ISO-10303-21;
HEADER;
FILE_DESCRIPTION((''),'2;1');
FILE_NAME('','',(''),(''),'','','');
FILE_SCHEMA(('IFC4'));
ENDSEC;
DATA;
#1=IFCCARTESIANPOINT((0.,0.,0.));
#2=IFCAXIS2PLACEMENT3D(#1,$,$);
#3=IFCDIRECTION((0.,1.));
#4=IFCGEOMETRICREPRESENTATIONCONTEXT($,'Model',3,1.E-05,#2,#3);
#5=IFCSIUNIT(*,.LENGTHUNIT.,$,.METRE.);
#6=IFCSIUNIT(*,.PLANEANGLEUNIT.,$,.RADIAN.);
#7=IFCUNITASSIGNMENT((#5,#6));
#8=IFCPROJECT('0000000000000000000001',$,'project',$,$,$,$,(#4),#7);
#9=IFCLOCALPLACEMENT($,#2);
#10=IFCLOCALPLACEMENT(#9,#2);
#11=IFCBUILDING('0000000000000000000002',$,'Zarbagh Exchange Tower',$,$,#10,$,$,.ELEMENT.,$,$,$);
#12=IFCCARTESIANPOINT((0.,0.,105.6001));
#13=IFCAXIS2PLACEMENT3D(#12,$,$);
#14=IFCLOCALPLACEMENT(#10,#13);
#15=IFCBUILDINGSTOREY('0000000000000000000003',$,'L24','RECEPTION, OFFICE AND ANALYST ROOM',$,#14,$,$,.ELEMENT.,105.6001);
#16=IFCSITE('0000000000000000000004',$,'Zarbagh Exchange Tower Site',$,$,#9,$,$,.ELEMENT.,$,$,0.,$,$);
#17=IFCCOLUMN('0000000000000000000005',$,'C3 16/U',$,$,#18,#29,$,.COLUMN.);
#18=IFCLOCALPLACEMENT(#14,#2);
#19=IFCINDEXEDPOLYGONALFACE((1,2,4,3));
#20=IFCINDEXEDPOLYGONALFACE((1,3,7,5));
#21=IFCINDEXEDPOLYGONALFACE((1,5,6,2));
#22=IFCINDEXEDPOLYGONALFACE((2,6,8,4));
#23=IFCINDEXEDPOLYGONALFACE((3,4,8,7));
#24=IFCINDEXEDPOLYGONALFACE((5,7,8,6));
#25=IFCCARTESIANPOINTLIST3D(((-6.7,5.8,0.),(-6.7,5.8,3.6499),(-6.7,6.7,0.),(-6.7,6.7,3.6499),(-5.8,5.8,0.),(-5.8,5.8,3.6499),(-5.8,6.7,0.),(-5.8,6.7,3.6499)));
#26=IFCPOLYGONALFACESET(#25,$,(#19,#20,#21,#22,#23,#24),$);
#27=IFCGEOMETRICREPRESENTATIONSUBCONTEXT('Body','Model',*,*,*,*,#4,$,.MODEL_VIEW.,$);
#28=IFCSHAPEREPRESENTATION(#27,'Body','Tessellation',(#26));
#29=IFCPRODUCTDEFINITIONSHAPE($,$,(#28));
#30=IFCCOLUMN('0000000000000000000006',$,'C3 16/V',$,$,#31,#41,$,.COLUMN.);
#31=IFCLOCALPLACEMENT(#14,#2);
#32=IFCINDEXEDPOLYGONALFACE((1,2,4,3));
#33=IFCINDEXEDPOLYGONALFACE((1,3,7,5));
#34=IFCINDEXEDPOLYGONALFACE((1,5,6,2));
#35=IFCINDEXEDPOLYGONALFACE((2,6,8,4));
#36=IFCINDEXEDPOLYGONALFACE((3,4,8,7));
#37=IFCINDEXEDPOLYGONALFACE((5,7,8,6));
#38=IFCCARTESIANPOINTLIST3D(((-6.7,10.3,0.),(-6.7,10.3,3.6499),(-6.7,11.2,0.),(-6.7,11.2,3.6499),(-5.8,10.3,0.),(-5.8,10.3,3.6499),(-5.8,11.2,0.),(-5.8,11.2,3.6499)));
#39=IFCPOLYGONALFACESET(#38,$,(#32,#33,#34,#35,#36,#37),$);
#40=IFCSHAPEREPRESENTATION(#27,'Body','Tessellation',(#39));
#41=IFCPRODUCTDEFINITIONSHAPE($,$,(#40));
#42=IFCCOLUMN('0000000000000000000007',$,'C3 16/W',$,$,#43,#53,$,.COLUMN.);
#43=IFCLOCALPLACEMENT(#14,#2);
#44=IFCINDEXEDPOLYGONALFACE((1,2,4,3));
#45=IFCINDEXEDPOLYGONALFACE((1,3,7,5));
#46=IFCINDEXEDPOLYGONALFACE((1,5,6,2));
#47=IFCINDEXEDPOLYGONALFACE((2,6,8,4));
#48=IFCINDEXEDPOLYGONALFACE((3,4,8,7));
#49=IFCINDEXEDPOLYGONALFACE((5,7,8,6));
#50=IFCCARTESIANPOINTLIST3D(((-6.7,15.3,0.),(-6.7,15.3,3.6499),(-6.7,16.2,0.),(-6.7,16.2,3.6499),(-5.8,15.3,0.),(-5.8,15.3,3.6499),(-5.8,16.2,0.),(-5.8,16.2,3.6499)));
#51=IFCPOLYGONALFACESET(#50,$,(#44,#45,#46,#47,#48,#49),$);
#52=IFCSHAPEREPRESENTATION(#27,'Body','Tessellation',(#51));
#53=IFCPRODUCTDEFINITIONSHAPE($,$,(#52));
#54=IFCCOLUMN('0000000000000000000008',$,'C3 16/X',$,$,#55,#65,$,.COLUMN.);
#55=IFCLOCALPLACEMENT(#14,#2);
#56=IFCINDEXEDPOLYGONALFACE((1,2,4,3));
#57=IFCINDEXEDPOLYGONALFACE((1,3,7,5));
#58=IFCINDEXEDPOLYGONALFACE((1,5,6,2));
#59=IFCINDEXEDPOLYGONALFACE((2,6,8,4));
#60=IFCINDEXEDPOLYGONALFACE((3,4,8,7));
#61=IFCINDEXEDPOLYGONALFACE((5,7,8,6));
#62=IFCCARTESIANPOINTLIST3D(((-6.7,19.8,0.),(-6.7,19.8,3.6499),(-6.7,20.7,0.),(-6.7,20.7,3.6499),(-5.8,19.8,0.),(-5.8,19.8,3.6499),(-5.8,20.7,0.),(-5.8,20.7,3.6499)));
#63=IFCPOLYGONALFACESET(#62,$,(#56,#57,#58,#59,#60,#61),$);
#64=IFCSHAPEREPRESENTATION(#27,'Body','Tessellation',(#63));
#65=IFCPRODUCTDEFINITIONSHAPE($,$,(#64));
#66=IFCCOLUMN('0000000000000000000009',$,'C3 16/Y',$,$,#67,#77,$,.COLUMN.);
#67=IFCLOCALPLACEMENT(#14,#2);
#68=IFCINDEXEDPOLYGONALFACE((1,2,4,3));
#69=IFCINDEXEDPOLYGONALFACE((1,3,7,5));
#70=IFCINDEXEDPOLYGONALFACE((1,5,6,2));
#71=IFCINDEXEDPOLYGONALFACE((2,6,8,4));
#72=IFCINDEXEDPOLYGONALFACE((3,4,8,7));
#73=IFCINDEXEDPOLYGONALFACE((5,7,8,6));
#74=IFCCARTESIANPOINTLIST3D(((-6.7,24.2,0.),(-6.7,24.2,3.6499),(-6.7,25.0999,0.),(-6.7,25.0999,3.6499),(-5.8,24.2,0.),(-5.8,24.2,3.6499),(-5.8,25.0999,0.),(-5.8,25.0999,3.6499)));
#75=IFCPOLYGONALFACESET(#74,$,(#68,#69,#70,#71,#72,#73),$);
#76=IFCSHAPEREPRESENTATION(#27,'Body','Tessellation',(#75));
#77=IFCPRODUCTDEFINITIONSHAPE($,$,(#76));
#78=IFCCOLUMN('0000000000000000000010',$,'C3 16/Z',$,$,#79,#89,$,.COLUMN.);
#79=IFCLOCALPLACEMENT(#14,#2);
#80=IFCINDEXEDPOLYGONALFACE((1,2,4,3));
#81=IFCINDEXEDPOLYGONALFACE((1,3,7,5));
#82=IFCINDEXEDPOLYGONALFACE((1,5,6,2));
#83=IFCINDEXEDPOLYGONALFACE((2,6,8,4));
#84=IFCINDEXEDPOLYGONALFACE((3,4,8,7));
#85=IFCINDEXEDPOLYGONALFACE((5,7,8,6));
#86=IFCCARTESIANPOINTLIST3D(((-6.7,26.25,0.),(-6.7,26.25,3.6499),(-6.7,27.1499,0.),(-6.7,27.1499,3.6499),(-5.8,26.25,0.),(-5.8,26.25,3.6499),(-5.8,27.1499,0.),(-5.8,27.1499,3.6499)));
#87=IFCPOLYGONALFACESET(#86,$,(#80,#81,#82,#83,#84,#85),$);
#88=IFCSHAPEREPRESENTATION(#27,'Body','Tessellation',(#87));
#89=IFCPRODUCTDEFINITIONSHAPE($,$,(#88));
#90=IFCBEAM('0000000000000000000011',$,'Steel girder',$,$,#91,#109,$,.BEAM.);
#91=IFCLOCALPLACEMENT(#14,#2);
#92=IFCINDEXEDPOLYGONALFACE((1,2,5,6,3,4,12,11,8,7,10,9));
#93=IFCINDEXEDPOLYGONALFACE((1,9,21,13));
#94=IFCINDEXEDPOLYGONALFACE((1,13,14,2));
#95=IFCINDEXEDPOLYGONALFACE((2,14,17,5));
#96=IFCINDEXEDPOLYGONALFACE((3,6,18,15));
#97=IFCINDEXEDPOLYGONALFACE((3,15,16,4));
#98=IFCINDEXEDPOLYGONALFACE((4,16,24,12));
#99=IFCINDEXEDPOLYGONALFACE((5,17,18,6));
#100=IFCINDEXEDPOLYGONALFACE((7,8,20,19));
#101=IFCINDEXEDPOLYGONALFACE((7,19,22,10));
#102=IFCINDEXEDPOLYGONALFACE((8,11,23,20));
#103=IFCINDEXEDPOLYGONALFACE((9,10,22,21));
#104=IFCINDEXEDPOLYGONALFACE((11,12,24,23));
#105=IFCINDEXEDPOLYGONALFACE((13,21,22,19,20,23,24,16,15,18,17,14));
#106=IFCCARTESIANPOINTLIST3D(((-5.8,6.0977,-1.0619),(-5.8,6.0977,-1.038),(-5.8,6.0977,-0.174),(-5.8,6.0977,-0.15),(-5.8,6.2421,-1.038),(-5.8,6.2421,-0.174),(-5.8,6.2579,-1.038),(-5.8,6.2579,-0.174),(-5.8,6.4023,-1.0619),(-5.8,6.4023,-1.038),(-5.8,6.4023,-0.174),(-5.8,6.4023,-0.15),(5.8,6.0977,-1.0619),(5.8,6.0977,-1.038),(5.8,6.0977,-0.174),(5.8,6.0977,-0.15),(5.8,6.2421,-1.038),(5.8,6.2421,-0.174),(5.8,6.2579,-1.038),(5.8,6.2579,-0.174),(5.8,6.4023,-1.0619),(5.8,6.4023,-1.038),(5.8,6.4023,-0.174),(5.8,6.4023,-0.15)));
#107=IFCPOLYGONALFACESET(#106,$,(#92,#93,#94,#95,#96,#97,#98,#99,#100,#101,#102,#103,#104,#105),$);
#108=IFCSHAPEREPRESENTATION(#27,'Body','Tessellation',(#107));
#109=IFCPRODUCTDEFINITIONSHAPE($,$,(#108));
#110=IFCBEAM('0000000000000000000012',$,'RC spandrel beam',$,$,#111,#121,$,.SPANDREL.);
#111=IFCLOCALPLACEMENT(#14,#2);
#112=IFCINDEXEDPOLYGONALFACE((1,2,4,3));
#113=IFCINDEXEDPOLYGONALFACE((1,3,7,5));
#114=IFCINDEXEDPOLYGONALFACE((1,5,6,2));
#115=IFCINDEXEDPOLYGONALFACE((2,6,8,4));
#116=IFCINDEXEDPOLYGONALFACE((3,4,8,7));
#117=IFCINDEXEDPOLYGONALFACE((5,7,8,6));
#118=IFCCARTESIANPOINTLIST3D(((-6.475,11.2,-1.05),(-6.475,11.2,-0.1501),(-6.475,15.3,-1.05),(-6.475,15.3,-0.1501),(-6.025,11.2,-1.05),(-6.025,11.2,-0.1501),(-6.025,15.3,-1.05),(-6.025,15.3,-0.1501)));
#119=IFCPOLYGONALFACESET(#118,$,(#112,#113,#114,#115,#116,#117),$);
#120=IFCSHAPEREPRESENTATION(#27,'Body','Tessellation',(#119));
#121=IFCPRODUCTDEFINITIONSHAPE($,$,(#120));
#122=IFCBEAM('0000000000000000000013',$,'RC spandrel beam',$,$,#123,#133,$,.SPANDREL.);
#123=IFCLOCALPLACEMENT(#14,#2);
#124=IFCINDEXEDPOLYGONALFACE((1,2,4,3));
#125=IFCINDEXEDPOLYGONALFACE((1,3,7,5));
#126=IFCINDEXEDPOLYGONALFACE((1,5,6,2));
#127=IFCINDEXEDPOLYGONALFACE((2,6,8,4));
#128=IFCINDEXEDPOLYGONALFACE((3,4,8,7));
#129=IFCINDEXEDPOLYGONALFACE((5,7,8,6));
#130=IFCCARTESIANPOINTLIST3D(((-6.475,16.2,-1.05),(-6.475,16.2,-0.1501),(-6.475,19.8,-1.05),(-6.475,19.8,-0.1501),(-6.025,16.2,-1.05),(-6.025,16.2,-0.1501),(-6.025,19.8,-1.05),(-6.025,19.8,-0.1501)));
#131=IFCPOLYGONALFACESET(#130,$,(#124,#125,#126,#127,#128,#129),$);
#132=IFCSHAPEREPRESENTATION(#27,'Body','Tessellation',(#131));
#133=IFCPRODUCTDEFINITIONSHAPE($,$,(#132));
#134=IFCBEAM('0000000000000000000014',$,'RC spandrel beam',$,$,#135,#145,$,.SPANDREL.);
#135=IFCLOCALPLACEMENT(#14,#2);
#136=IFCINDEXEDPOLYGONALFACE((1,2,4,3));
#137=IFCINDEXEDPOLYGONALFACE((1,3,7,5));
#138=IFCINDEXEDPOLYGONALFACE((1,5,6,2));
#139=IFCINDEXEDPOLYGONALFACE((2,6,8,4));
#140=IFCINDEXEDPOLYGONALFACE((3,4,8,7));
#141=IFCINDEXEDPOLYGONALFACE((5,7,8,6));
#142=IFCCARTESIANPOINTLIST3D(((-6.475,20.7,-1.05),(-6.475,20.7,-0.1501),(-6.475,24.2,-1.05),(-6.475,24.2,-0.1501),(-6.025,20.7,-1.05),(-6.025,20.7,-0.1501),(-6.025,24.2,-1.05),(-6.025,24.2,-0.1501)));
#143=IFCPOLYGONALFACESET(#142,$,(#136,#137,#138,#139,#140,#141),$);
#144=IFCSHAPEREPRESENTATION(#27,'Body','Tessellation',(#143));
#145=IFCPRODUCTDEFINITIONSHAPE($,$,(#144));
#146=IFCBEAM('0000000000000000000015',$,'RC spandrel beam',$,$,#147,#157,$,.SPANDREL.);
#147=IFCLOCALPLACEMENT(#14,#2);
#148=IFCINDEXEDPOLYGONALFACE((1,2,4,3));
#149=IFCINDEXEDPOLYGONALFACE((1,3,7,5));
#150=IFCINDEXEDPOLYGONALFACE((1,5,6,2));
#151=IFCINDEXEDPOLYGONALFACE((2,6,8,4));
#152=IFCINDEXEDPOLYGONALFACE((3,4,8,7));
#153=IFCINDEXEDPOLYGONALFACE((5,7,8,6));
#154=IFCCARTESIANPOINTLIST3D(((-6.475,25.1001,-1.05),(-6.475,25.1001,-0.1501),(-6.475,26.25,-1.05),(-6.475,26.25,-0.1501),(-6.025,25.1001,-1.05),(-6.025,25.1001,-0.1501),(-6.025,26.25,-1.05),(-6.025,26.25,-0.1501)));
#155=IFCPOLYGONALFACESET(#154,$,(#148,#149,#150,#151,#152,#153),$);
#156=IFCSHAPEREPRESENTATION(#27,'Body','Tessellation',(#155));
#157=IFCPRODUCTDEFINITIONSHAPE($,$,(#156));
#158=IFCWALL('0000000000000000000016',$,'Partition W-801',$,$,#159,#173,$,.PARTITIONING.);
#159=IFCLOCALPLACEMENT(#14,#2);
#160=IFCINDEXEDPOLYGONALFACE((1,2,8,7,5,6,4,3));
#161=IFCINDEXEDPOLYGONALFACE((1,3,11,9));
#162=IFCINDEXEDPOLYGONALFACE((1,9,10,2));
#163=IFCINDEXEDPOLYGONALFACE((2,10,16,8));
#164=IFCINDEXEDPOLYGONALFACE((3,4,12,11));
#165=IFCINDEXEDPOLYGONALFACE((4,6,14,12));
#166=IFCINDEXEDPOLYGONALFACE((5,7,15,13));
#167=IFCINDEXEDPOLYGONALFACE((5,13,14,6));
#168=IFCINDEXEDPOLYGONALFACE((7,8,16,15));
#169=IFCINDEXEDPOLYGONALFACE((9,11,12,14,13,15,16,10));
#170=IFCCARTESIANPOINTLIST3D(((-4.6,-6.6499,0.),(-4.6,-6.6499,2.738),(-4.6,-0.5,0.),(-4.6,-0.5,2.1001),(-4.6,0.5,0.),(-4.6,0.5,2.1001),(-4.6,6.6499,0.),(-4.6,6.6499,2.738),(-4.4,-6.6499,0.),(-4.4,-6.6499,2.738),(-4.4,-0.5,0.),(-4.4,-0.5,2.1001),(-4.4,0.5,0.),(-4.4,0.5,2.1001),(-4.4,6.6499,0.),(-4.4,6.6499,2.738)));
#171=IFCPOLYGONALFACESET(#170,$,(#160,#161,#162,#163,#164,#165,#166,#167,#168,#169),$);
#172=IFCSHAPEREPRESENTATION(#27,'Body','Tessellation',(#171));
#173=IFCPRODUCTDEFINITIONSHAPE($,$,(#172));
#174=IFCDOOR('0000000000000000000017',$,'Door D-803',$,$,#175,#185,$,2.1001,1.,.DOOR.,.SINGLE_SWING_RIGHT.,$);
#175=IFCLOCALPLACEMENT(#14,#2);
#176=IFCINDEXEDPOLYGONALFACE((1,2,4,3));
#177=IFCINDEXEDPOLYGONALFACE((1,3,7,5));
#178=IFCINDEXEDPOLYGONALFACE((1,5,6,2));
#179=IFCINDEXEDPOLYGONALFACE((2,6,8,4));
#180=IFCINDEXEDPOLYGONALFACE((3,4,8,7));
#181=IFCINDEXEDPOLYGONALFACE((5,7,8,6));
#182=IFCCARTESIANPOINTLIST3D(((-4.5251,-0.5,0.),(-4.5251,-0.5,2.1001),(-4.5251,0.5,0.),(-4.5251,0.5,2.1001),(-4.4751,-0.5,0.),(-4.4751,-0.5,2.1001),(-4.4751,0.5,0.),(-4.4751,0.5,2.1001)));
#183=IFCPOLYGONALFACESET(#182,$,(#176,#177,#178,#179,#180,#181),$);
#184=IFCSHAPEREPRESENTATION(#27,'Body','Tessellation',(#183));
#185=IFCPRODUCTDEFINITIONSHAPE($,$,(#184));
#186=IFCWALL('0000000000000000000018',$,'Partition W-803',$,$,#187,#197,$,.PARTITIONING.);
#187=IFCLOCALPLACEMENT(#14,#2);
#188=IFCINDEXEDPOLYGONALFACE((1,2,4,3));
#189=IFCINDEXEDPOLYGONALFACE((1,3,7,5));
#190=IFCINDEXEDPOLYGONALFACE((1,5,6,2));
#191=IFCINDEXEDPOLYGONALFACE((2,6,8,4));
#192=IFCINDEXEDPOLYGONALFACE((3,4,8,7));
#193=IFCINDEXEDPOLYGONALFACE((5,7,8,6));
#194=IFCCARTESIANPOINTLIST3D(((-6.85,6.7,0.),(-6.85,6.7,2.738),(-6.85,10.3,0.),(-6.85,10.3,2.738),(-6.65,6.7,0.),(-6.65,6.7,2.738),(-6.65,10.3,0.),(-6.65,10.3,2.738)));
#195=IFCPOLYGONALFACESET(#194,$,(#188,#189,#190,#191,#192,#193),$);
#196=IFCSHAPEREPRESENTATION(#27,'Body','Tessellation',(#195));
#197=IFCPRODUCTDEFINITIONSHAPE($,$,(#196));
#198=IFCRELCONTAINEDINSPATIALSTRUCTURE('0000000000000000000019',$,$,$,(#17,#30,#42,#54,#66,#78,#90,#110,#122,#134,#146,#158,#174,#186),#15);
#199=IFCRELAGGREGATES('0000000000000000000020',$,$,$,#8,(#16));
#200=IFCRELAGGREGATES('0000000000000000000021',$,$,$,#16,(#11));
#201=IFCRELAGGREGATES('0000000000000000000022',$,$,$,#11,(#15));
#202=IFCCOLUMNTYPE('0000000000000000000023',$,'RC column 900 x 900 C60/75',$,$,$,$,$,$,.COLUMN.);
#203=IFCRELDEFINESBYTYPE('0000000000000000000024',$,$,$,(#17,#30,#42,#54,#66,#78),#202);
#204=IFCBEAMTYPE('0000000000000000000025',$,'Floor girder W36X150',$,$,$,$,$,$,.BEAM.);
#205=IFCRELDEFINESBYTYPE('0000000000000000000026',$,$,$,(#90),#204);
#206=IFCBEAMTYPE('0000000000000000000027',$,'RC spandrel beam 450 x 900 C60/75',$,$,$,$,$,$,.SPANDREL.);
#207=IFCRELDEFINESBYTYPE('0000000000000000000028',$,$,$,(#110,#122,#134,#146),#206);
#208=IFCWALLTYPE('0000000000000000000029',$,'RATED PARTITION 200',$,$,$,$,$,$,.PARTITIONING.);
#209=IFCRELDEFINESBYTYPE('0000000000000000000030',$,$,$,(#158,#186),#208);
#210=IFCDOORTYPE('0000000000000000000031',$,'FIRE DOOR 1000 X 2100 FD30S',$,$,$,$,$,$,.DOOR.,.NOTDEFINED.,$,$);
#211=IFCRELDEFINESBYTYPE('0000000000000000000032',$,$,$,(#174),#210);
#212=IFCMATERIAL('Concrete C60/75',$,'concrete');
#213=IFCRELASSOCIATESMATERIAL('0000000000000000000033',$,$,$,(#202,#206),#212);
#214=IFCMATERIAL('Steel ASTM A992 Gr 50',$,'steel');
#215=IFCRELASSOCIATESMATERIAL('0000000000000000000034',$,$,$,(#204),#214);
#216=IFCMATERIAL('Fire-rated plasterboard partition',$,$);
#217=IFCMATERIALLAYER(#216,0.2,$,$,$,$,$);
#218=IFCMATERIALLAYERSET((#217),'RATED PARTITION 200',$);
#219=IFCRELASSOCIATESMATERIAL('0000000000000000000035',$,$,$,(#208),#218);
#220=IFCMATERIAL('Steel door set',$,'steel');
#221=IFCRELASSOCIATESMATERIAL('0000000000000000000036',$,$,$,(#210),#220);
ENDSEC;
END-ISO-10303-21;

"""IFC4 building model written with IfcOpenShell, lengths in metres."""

from ifc_helpers import new_model, si_unit, direction, frame, frame_2d, origin, origin_2d, place, context, subcontext, project, spatial, rectangle, i_section, extrude, material, layer, layer_set, material_profile, profile_set, type_object, element, fill, save


model = new_model("IFC4")

# Units and contexts
model_context = context("Model", 3, precision=1e-05, world=origin(), true_north=direction((0.0, 1.0)))
body_context = subcontext(model_context, "Body", "Model", "MODEL_VIEW")
ifc_project = project(units=[si_unit("LENGTHUNIT", "METRE"), si_unit("PLANEANGLEUNIT", "RADIAN")], contexts=[model_context])

# Site, building, storey
site_placement = place(None, origin())
site = spatial("IfcSite", under=ifc_project, at=site_placement, Name="Zarbagh Exchange Tower Site", CompositionType="ELEMENT", RefElevation=0.0)
building_placement = place(site_placement, origin())
building = spatial("IfcBuilding", under=site, at=building_placement, Name="Zarbagh Exchange Tower", CompositionType="ELEMENT")
storey_placement = place(building_placement, frame((0.0, 0.0, 105.6001)))
storey = spatial("IfcBuildingStorey", under=building, at=storey_placement, Name="L24", Description="RECEPTION, OFFICE AND ANALYST ROOM", CompositionType="ELEMENT", Elevation=105.6001)

# Columns
ifc_material_1 = material(Name="Concrete C60/75", Category="concrete")
ifc_material_profile_1 = material_profile(ifc_material_1, rectangle(XDim=0.8999, YDim=0.8999, at=origin_2d()), Name="RC column 900 x 900 C60/75")
ifc_profile_set_1 = profile_set([ifc_material_profile_1], Name="Concrete C60/75")
column_type = type_object("IfcColumnType", Name="RC column 900 x 900 C60/75", PredefinedType="COLUMN", material=ifc_profile_set_1)
for number, where, z_axis, x_axis, name in (
    (1, (-6.25, 6.25, 0.0), (0.0, 0.0, 1.0), (1.0, 0.0, 0.0), "C3 16/U"),
    (2, (-6.25, 10.75, 0.0), (0.0, 0.0, 1.0), (1.0, 0.0, 0.0), "C3 16/V"),
    (3, (-6.25, 15.75, 0.0), (0.0, 0.0, 1.0), (1.0, 0.0, 0.0), "C3 16/W"),
    (4, (-6.25, 20.25, 0.0), (0.0, 0.0, 1.0), (1.0, 0.0, 0.0), "C3 16/X"),
    (5, (-6.25, 24.6499, 0.0), (0.0, 0.0, 1.0), (1.0, 0.0, 0.0), "C3 16/Y"),
    (6, (-6.25, 26.7, 0.0), (0.0, 0.0, 1.0), (1.0, 0.0, 0.0), "C3 16/Z"),
):
    element("IfcColumn", number, at=place(storey_placement, frame(where, z_axis=z_axis, x_axis=x_axis)), inside=storey, type_object=column_type, Name=name, PredefinedType="COLUMN", context=body_context, shape_type="SweptSolid", body=[
        extrude(rectangle(XDim=0.8999, YDim=0.8999, at=origin_2d()), origin(), (0.0, 0.0, 1.0), 3.6499),
    ])

# Beams
ifc_material_2 = material(Name="Steel ASTM A992 Gr 50", Category="steel")
ifc_material_profile_2 = material_profile(ifc_material_2, i_section(OverallWidth=0.3047, OverallDepth=0.9119, WebThickness=0.0159, FlangeThickness=0.0239, at=origin_2d()), Name="W36X150")
ifc_profile_set_2 = profile_set([ifc_material_profile_2], Name="Steel ASTM A992 Gr 50")
beam_type_1 = type_object("IfcBeamType", Name="Floor girder W36X150", PredefinedType="BEAM", material=ifc_profile_set_2)
beam_1_placement = place(storey_placement, frame((-5.8, 6.25, -0.606), z_axis=(1.0, 0.0, 0.0), x_axis=(0.0, 1.0, 0.0)))
element("IfcBeam", 7, at=beam_1_placement, inside=storey, type_object=beam_type_1, Name="Steel girder", PredefinedType="BEAM", context=body_context, shape_type="SweptSolid", body=[
    extrude(i_section(OverallWidth=0.3047, OverallDepth=0.9119, WebThickness=0.0159, FlangeThickness=0.0239, at=origin_2d()), origin(), (0.0, 0.0, 1.0), 11.6001),
])
ifc_material_profile_3 = material_profile(ifc_material_1, rectangle(XDim=0.45, YDim=0.8999, at=origin_2d()), Name="RC spandrel beam 450 x 900 C60/75")
ifc_profile_set_3 = profile_set([ifc_material_profile_3], Name="Concrete C60/75")
beam_type_2 = type_object("IfcBeamType", Name="RC spandrel beam 450 x 900 C60/75", PredefinedType="SPANDREL", material=ifc_profile_set_3)
beam_2_placement = place(storey_placement, frame((-6.25, 11.2, -0.6001), z_axis=(0.0, 1.0, 0.0), x_axis=(-1.0, 0.0, 0.0)))
element("IfcBeam", 8, at=beam_2_placement, inside=storey, type_object=beam_type_2, Name="RC spandrel beam", PredefinedType="SPANDREL", context=body_context, shape_type="SweptSolid", body=[
    extrude(rectangle(XDim=0.45, YDim=0.8999, at=origin_2d()), origin(), (0.0, 0.0, 1.0), 4.1001),
])
beam_3_placement = place(storey_placement, frame((-6.25, 16.2, -0.6001), z_axis=(0.0, 1.0, 0.0), x_axis=(-1.0, 0.0, 0.0)))
element("IfcBeam", 9, at=beam_3_placement, inside=storey, type_object=beam_type_2, Name="RC spandrel beam", PredefinedType="SPANDREL", context=body_context, shape_type="SweptSolid", body=[
    extrude(rectangle(XDim=0.45, YDim=0.8999, at=origin_2d()), origin(), (0.0, 0.0, 1.0), 3.6001),
])
beam_4_placement = place(storey_placement, frame((-6.25, 20.7, -0.6001), z_axis=(0.0, 1.0, 0.0), x_axis=(-1.0, 0.0, 0.0)))
element("IfcBeam", 10, at=beam_4_placement, inside=storey, type_object=beam_type_2, Name="RC spandrel beam", PredefinedType="SPANDREL", context=body_context, shape_type="SweptSolid", body=[
    extrude(rectangle(XDim=0.45, YDim=0.8999, at=origin_2d()), origin(), (0.0, 0.0, 1.0), 3.5),
])
beam_5_placement = place(storey_placement, frame((-6.25, 25.1001, -0.6001), z_axis=(0.0, 1.0, 0.0), x_axis=(-1.0, 0.0, 0.0)))
element("IfcBeam", 11, at=beam_5_placement, inside=storey, type_object=beam_type_2, Name="RC spandrel beam", PredefinedType="SPANDREL", context=body_context, shape_type="SweptSolid", body=[
    extrude(rectangle(XDim=0.45, YDim=0.8999, at=origin_2d()), origin(), (0.0, 0.0, 1.0), 1.1499),
])

# Wall, opening, door
ifc_material_3 = material(Name="Fire-rated plasterboard partition")
ifc_layer_1 = layer(ifc_material_3, 0.2)
ifc_layer_set_1 = layer_set([ifc_layer_1], Name="RATED PARTITION 200")
wall_type_1 = type_object("IfcWallType", Name="RATED PARTITION 200", PredefinedType="PARTITIONING", material=ifc_layer_set_1)
wall_1_placement = place(storey_placement, frame((-4.5, 6.6499, 0.0), z_axis=(0.0, 0.0, 1.0), x_axis=(0.0, -1.0, 0.0)))
wall_1 = element("IfcWall", 12, at=wall_1_placement, inside=storey, type_object=wall_type_1, Name="Partition W-801", PredefinedType="PARTITIONING", context=body_context, shape_type="SweptSolid", body=[
    extrude(rectangle(XDim=13.2998, YDim=0.2, at=frame_2d((6.6499, 0.0))), origin(), (0.0, 0.0, 1.0), 2.738),
])
opening_1_placement = place(wall_1_placement, frame((6.1499, 0.0, 0.0)))
opening_1 = element("IfcOpeningElement", 13, at=opening_1_placement, cuts=wall_1, PredefinedType="OPENING", context=body_context, shape_type="SweptSolid", body=[
    extrude(rectangle(XDim=1.0, YDim=2.1001, at=frame_2d((0.5, 1.05))), frame((0.0, 0.1099, 0.0), z_axis=(0.0, -1.0, 0.0), x_axis=(1.0, 0.0, 0.0)), (0.0, 0.0, 1.0), 0.22),
])
ifc_material_4 = material(Name="Steel door set", Category="steel")
door_type_1 = type_object("IfcDoorType", Name="FIRE DOOR 1000 X 2100 FD30S", OperationType="NOTDEFINED", PredefinedType="DOOR", material=ifc_material_4)
door_1_placement = place(opening_1_placement, origin())
door_1 = element("IfcDoor", 14, at=door_1_placement, inside=storey, type_object=door_type_1, Name="Door D-803", OperationType="SINGLE_SWING_RIGHT", OverallHeight=2.1001, OverallWidth=1.0, PredefinedType="DOOR", context=body_context, shape_type="SweptSolid", body=[
    extrude(rectangle(XDim=1.0, YDim=2.1001, at=frame_2d((0.5, 1.05))), frame((0.0, 0.0249, 0.0), z_axis=(0.0, -1.0, 0.0), x_axis=(1.0, 0.0, 0.0)), (0.0, 0.0, 1.0), 0.05),
])
fill(opening_1, door_1)

# Wall
wall_2_placement = place(storey_placement, frame((-6.75, 6.7, 0.0), z_axis=(0.0, 0.0, 1.0), x_axis=(0.0, 1.0, 0.0)))
element("IfcWall", 15, at=wall_2_placement, inside=storey, type_object=wall_type_1, Name="Partition W-803", PredefinedType="PARTITIONING", context=body_context, shape_type="SweptSolid", body=[
    extrude(rectangle(XDim=3.6001, YDim=0.2, at=frame_2d((1.8, 0.0))), origin(), (0.0, 0.0, 1.0), 2.738),
])

save(model, "model.ifc")
